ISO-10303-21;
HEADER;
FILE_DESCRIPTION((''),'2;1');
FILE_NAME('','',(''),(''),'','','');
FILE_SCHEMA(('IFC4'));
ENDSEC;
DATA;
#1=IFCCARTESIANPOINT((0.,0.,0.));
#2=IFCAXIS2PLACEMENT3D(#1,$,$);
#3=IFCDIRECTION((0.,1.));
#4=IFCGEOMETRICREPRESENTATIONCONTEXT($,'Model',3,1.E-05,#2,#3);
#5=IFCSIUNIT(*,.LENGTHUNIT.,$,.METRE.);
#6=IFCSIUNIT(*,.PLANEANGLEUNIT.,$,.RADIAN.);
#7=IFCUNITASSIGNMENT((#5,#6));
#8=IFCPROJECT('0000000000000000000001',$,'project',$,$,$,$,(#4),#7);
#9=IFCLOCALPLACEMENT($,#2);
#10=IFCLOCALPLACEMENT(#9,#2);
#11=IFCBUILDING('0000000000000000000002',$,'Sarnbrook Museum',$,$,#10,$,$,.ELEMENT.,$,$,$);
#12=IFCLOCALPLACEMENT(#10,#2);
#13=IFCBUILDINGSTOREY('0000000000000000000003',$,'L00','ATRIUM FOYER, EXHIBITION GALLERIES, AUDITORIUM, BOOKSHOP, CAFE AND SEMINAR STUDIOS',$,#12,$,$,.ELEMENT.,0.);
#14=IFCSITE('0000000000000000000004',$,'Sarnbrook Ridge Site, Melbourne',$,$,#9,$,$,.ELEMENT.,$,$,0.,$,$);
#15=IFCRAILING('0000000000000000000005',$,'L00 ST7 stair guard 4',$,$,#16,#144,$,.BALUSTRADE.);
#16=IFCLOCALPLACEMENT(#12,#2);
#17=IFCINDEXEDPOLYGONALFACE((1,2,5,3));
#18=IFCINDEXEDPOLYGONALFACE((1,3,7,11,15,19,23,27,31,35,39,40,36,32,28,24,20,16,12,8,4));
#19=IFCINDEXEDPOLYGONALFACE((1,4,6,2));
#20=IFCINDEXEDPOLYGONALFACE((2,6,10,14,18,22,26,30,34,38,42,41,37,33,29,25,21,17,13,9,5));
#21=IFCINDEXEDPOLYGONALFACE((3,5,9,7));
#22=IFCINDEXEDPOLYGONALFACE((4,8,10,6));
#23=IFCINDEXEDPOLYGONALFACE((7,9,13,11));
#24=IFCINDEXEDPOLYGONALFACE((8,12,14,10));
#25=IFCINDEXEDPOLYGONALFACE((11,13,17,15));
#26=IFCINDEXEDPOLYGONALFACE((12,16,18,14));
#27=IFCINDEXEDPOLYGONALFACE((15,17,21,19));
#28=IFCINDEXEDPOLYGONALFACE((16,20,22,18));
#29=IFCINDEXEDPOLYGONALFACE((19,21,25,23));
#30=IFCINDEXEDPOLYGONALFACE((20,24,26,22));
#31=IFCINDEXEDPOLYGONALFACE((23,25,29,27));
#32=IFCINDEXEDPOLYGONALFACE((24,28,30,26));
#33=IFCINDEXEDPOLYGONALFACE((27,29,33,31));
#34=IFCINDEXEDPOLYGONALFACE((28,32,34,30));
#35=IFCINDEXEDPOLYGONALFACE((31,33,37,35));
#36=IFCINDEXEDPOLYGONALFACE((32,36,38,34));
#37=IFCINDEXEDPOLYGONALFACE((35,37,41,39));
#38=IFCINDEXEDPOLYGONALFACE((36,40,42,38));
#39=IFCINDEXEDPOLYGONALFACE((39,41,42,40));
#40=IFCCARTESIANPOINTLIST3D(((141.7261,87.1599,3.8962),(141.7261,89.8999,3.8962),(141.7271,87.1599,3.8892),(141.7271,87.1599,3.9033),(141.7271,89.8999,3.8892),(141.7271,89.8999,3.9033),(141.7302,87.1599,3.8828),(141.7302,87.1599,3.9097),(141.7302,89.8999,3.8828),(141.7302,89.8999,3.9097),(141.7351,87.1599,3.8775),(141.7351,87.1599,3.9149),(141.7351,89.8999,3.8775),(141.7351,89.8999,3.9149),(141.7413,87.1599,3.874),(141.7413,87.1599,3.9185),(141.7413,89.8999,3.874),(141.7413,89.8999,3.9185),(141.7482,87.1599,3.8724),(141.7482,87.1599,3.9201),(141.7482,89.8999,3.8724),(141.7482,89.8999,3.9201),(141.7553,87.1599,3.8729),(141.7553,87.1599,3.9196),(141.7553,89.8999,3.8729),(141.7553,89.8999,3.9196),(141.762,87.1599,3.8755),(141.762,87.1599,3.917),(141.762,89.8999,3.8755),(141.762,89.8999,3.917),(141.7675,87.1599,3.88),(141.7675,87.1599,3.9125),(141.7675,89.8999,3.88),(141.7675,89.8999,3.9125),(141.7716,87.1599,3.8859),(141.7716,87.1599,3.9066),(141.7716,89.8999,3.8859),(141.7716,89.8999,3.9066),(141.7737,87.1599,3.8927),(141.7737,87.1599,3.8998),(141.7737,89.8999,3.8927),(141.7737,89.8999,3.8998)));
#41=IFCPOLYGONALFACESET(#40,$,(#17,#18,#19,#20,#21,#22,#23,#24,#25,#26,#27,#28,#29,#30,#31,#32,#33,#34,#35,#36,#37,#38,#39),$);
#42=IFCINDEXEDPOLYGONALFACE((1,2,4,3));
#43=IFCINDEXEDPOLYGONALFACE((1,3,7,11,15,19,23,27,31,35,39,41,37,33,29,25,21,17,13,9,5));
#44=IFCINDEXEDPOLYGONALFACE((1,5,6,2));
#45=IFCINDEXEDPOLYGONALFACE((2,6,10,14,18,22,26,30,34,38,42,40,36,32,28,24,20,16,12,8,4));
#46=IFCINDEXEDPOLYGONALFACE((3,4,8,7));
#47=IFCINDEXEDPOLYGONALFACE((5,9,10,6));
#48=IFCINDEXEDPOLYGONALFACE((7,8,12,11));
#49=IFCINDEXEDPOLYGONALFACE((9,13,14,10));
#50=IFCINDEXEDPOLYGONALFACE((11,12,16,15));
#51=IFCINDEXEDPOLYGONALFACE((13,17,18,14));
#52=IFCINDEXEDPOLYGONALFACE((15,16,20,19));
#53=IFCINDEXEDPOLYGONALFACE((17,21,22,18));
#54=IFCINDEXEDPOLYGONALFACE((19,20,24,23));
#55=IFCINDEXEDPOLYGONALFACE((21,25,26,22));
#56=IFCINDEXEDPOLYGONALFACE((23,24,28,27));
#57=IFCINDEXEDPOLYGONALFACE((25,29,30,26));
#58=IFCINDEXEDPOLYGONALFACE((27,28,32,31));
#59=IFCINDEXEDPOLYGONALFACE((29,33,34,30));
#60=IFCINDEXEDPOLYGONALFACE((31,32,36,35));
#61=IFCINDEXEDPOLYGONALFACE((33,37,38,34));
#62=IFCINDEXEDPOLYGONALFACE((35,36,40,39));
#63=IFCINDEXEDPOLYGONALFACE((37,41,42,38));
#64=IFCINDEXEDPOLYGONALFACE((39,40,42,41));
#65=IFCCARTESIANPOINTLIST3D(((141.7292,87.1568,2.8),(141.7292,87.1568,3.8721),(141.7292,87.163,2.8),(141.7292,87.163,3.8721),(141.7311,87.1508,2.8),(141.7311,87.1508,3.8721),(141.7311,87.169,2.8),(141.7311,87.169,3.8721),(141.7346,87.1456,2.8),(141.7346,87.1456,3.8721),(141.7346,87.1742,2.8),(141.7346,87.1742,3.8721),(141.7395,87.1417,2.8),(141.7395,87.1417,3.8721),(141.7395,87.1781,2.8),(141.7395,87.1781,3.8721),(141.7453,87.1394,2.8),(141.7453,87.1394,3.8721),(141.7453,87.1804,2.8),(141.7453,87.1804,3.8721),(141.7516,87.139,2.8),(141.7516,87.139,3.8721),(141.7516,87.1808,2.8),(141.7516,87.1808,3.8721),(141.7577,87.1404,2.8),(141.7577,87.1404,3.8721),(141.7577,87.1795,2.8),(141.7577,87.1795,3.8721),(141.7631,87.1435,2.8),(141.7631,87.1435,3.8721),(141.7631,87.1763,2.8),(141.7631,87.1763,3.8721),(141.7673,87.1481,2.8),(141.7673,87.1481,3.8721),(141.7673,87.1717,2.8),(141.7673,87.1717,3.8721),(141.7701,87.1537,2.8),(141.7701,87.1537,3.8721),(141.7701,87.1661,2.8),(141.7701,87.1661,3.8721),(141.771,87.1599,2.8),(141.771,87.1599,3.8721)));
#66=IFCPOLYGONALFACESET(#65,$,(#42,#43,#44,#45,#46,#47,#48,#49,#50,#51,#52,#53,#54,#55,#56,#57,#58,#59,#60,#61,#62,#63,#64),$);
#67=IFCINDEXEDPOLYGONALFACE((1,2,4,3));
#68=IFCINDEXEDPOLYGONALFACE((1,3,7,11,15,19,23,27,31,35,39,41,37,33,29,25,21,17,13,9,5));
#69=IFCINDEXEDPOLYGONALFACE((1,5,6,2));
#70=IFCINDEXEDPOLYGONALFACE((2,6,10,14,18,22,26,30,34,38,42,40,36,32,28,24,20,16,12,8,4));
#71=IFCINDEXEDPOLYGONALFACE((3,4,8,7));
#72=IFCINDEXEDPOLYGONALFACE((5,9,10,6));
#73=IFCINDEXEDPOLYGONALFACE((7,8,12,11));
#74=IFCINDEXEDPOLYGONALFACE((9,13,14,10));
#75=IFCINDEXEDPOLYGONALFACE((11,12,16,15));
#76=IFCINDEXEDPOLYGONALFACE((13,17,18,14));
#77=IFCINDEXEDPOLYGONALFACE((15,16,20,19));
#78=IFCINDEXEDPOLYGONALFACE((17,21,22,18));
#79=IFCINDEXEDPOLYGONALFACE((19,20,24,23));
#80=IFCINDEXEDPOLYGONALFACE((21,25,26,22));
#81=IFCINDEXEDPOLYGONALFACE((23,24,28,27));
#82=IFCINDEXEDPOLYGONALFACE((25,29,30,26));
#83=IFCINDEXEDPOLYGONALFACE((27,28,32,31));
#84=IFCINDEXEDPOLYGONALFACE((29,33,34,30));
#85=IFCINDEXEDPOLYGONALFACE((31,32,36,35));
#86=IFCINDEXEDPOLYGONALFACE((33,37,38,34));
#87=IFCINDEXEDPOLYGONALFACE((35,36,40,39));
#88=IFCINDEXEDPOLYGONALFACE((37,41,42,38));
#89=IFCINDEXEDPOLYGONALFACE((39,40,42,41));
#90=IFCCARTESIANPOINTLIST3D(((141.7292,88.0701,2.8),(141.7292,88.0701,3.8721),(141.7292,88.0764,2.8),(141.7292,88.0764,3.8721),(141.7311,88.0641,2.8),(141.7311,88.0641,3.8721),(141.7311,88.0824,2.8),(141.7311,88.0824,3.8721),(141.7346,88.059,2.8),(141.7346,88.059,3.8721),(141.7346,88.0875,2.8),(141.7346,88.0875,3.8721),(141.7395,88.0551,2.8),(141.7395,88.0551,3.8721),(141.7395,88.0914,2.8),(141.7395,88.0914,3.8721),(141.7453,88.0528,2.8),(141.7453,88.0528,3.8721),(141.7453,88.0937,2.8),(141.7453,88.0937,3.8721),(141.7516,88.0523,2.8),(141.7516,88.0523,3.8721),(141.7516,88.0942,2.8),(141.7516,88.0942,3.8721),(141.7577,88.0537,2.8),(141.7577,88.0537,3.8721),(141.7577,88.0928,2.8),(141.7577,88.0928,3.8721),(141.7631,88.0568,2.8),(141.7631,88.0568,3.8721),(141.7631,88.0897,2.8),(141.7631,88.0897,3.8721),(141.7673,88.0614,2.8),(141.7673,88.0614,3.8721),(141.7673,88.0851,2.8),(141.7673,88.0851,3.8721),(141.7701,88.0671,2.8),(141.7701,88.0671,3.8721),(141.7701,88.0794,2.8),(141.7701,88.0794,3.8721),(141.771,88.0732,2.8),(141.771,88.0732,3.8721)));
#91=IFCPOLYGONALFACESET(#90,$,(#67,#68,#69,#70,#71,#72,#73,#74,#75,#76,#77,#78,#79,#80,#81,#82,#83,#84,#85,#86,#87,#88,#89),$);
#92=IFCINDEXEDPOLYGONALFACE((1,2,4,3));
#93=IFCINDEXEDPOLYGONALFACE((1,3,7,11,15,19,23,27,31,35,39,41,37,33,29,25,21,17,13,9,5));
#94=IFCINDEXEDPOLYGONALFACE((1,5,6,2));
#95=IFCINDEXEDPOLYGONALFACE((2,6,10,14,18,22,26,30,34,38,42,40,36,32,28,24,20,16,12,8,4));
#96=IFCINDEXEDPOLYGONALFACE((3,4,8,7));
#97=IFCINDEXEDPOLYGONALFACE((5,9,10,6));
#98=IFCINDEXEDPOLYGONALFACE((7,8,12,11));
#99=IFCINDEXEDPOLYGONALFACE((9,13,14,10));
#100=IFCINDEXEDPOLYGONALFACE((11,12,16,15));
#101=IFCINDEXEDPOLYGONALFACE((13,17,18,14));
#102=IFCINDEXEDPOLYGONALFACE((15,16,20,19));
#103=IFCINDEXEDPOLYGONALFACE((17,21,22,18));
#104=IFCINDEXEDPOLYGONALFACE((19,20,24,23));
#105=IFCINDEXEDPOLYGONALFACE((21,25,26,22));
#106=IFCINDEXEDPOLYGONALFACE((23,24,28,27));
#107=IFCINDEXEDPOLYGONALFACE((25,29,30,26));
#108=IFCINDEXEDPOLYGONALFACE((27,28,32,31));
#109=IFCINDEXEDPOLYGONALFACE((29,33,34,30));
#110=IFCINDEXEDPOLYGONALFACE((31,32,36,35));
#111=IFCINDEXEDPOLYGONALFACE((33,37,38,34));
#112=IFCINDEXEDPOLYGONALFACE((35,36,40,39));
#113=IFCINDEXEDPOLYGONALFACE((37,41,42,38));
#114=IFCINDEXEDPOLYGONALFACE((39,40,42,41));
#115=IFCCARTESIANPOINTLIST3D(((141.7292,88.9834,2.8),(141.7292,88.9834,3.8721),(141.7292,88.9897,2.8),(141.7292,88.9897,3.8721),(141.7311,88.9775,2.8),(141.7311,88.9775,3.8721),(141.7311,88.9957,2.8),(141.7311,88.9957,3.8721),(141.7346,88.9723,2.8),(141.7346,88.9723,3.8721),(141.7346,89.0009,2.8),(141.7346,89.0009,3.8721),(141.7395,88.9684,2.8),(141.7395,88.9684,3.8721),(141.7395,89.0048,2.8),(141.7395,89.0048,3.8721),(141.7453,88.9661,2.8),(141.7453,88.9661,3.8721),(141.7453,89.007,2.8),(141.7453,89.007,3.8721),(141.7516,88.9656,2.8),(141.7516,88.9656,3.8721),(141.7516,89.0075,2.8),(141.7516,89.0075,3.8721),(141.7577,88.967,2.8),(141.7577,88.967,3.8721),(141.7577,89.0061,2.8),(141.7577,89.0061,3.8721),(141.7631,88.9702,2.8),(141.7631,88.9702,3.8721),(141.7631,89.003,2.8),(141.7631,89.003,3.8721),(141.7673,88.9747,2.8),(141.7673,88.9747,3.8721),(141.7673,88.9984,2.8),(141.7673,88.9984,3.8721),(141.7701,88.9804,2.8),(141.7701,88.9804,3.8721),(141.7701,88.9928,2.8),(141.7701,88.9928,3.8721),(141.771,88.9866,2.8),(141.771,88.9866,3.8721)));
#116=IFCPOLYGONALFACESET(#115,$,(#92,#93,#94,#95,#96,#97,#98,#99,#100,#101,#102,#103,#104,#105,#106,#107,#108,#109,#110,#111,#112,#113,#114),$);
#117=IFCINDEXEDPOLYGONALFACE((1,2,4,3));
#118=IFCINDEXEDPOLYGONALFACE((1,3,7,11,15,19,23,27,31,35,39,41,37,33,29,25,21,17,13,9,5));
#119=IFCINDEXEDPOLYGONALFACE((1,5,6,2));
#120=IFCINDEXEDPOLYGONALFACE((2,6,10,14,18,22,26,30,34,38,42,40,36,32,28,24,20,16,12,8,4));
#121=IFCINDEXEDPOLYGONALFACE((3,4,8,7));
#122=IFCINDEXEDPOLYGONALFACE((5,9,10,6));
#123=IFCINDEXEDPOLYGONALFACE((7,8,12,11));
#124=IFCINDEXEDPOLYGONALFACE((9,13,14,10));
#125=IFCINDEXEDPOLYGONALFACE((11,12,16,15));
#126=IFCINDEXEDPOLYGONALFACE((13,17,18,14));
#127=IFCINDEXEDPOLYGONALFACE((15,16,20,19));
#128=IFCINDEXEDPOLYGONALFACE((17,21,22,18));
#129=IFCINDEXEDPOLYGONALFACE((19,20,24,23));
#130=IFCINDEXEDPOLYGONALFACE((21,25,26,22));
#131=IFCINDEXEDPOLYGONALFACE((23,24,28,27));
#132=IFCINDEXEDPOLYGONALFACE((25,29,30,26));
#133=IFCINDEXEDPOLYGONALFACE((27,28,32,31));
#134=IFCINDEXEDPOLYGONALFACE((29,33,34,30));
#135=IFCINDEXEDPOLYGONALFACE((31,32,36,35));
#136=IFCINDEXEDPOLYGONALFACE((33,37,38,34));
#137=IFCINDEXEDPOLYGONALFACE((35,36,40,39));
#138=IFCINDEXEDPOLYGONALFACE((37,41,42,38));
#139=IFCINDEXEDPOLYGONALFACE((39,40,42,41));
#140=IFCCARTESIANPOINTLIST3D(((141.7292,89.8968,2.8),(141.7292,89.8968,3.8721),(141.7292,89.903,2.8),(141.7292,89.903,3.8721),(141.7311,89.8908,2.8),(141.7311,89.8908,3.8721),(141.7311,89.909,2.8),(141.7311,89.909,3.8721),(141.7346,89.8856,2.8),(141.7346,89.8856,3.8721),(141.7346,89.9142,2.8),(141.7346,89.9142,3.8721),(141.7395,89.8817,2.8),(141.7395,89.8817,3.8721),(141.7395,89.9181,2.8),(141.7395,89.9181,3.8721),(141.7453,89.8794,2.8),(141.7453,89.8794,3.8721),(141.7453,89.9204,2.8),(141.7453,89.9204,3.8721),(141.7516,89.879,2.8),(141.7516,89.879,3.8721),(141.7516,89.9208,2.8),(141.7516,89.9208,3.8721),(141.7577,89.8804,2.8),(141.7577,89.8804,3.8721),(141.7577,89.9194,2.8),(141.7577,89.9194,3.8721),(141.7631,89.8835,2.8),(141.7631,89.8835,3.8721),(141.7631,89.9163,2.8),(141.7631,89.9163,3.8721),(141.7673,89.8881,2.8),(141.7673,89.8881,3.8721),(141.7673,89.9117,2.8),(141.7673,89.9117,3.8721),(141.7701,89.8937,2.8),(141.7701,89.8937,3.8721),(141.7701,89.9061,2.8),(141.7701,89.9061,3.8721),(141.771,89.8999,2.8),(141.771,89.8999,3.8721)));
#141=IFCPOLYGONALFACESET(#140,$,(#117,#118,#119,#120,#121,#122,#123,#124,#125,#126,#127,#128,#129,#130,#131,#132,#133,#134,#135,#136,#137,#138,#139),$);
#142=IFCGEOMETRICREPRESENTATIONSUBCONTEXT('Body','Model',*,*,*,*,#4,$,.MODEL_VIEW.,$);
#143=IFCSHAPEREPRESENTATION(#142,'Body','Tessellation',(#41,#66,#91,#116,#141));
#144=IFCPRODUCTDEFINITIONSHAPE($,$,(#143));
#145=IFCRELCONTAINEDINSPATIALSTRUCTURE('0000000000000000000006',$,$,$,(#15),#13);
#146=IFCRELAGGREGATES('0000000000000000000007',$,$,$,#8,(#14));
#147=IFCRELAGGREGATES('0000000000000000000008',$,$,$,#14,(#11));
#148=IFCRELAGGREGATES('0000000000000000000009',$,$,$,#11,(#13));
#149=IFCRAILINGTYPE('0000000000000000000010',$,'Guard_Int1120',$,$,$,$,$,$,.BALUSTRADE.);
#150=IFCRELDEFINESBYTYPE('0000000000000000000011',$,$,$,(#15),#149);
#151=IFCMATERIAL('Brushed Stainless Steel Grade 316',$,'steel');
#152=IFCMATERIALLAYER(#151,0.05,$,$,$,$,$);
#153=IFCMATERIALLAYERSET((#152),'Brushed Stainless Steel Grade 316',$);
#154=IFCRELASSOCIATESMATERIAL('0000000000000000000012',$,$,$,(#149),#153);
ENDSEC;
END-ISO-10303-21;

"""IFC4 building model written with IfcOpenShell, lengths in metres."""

from ifc_helpers import new_model, si_unit, direction, frame, origin, origin_2d, place, context, subcontext, project, spatial, circle, extrude, material, layer, layer_set, type_object, element, save


model = new_model("IFC4")

# Units and contexts
model_context = context("Model", 3, precision=1e-05, world=origin(), true_north=direction((0.0, 1.0)))
body_context = subcontext(model_context, "Body", "Model", "MODEL_VIEW")
ifc_project = project(units=[si_unit("LENGTHUNIT", "METRE"), si_unit("PLANEANGLEUNIT", "RADIAN")], contexts=[model_context])

# Site, building, storey
site_placement = place(None, origin())
site = spatial("IfcSite", under=ifc_project, at=site_placement, Name="Sarnbrook Ridge Site, Melbourne", CompositionType="ELEMENT", RefElevation=0.0)
building_placement = place(site_placement, origin())
building = spatial("IfcBuilding", under=site, at=building_placement, Name="Sarnbrook Museum", CompositionType="ELEMENT")
storey_placement = place(building_placement, origin())
storey = spatial("IfcBuildingStorey", under=building, at=storey_placement, Name="L00", Description="ATRIUM FOYER, EXHIBITION GALLERIES, AUDITORIUM, BOOKSHOP, CAFE AND SEMINAR STUDIOS", CompositionType="ELEMENT", Elevation=0.0)

# Railing
ifc_material_1 = material(Name="Brushed Stainless Steel Grade 316", Category="steel")
ifc_layer_1 = layer(ifc_material_1, 0.05)
ifc_layer_set_1 = layer_set([ifc_layer_1], Name="Brushed Stainless Steel Grade 316")
railing_type_1 = type_object("IfcRailingType", Name="Guard_Int1120", PredefinedType="BALUSTRADE", material=ifc_layer_set_1)
for number, where, name in (
    (1, (141.75, 87.1599, 2.8), "L00 ST7 stair guard 4"),
):
    element("IfcRailing", number, at=place(storey_placement, frame(where)), inside=storey, type_object=railing_type_1, Name=name, PredefinedType="BALUSTRADE", context=body_context, shape_type="SweptSolid", body=[
        extrude(circle(Radius=0.0239, at=origin_2d()), frame((0.0, 0.0, 1.0962), z_axis=(0.0, 1.0, 0.0), x_axis=(-1.0, 0.0, 0.0)), (0.0, 0.0, 1.0), 2.74),
        extrude(circle(Radius=0.021, at=origin_2d()), origin(), (0.0, 0.0, 1.0), 1.072),
        extrude(circle(Radius=0.021, at=origin_2d()), frame((0.0, 0.9133, 0.0)), (0.0, 0.0, 1.0), 1.072),
        extrude(circle(Radius=0.021, at=origin_2d()), frame((0.0, 1.8267, 0.0)), (0.0, 0.0, 1.0), 1.072),
        extrude(circle(Radius=0.021, at=origin_2d()), frame((0.0, 2.74, 0.0)), (0.0, 0.0, 1.0), 1.072),
    ])

save(model, "model.ifc")
